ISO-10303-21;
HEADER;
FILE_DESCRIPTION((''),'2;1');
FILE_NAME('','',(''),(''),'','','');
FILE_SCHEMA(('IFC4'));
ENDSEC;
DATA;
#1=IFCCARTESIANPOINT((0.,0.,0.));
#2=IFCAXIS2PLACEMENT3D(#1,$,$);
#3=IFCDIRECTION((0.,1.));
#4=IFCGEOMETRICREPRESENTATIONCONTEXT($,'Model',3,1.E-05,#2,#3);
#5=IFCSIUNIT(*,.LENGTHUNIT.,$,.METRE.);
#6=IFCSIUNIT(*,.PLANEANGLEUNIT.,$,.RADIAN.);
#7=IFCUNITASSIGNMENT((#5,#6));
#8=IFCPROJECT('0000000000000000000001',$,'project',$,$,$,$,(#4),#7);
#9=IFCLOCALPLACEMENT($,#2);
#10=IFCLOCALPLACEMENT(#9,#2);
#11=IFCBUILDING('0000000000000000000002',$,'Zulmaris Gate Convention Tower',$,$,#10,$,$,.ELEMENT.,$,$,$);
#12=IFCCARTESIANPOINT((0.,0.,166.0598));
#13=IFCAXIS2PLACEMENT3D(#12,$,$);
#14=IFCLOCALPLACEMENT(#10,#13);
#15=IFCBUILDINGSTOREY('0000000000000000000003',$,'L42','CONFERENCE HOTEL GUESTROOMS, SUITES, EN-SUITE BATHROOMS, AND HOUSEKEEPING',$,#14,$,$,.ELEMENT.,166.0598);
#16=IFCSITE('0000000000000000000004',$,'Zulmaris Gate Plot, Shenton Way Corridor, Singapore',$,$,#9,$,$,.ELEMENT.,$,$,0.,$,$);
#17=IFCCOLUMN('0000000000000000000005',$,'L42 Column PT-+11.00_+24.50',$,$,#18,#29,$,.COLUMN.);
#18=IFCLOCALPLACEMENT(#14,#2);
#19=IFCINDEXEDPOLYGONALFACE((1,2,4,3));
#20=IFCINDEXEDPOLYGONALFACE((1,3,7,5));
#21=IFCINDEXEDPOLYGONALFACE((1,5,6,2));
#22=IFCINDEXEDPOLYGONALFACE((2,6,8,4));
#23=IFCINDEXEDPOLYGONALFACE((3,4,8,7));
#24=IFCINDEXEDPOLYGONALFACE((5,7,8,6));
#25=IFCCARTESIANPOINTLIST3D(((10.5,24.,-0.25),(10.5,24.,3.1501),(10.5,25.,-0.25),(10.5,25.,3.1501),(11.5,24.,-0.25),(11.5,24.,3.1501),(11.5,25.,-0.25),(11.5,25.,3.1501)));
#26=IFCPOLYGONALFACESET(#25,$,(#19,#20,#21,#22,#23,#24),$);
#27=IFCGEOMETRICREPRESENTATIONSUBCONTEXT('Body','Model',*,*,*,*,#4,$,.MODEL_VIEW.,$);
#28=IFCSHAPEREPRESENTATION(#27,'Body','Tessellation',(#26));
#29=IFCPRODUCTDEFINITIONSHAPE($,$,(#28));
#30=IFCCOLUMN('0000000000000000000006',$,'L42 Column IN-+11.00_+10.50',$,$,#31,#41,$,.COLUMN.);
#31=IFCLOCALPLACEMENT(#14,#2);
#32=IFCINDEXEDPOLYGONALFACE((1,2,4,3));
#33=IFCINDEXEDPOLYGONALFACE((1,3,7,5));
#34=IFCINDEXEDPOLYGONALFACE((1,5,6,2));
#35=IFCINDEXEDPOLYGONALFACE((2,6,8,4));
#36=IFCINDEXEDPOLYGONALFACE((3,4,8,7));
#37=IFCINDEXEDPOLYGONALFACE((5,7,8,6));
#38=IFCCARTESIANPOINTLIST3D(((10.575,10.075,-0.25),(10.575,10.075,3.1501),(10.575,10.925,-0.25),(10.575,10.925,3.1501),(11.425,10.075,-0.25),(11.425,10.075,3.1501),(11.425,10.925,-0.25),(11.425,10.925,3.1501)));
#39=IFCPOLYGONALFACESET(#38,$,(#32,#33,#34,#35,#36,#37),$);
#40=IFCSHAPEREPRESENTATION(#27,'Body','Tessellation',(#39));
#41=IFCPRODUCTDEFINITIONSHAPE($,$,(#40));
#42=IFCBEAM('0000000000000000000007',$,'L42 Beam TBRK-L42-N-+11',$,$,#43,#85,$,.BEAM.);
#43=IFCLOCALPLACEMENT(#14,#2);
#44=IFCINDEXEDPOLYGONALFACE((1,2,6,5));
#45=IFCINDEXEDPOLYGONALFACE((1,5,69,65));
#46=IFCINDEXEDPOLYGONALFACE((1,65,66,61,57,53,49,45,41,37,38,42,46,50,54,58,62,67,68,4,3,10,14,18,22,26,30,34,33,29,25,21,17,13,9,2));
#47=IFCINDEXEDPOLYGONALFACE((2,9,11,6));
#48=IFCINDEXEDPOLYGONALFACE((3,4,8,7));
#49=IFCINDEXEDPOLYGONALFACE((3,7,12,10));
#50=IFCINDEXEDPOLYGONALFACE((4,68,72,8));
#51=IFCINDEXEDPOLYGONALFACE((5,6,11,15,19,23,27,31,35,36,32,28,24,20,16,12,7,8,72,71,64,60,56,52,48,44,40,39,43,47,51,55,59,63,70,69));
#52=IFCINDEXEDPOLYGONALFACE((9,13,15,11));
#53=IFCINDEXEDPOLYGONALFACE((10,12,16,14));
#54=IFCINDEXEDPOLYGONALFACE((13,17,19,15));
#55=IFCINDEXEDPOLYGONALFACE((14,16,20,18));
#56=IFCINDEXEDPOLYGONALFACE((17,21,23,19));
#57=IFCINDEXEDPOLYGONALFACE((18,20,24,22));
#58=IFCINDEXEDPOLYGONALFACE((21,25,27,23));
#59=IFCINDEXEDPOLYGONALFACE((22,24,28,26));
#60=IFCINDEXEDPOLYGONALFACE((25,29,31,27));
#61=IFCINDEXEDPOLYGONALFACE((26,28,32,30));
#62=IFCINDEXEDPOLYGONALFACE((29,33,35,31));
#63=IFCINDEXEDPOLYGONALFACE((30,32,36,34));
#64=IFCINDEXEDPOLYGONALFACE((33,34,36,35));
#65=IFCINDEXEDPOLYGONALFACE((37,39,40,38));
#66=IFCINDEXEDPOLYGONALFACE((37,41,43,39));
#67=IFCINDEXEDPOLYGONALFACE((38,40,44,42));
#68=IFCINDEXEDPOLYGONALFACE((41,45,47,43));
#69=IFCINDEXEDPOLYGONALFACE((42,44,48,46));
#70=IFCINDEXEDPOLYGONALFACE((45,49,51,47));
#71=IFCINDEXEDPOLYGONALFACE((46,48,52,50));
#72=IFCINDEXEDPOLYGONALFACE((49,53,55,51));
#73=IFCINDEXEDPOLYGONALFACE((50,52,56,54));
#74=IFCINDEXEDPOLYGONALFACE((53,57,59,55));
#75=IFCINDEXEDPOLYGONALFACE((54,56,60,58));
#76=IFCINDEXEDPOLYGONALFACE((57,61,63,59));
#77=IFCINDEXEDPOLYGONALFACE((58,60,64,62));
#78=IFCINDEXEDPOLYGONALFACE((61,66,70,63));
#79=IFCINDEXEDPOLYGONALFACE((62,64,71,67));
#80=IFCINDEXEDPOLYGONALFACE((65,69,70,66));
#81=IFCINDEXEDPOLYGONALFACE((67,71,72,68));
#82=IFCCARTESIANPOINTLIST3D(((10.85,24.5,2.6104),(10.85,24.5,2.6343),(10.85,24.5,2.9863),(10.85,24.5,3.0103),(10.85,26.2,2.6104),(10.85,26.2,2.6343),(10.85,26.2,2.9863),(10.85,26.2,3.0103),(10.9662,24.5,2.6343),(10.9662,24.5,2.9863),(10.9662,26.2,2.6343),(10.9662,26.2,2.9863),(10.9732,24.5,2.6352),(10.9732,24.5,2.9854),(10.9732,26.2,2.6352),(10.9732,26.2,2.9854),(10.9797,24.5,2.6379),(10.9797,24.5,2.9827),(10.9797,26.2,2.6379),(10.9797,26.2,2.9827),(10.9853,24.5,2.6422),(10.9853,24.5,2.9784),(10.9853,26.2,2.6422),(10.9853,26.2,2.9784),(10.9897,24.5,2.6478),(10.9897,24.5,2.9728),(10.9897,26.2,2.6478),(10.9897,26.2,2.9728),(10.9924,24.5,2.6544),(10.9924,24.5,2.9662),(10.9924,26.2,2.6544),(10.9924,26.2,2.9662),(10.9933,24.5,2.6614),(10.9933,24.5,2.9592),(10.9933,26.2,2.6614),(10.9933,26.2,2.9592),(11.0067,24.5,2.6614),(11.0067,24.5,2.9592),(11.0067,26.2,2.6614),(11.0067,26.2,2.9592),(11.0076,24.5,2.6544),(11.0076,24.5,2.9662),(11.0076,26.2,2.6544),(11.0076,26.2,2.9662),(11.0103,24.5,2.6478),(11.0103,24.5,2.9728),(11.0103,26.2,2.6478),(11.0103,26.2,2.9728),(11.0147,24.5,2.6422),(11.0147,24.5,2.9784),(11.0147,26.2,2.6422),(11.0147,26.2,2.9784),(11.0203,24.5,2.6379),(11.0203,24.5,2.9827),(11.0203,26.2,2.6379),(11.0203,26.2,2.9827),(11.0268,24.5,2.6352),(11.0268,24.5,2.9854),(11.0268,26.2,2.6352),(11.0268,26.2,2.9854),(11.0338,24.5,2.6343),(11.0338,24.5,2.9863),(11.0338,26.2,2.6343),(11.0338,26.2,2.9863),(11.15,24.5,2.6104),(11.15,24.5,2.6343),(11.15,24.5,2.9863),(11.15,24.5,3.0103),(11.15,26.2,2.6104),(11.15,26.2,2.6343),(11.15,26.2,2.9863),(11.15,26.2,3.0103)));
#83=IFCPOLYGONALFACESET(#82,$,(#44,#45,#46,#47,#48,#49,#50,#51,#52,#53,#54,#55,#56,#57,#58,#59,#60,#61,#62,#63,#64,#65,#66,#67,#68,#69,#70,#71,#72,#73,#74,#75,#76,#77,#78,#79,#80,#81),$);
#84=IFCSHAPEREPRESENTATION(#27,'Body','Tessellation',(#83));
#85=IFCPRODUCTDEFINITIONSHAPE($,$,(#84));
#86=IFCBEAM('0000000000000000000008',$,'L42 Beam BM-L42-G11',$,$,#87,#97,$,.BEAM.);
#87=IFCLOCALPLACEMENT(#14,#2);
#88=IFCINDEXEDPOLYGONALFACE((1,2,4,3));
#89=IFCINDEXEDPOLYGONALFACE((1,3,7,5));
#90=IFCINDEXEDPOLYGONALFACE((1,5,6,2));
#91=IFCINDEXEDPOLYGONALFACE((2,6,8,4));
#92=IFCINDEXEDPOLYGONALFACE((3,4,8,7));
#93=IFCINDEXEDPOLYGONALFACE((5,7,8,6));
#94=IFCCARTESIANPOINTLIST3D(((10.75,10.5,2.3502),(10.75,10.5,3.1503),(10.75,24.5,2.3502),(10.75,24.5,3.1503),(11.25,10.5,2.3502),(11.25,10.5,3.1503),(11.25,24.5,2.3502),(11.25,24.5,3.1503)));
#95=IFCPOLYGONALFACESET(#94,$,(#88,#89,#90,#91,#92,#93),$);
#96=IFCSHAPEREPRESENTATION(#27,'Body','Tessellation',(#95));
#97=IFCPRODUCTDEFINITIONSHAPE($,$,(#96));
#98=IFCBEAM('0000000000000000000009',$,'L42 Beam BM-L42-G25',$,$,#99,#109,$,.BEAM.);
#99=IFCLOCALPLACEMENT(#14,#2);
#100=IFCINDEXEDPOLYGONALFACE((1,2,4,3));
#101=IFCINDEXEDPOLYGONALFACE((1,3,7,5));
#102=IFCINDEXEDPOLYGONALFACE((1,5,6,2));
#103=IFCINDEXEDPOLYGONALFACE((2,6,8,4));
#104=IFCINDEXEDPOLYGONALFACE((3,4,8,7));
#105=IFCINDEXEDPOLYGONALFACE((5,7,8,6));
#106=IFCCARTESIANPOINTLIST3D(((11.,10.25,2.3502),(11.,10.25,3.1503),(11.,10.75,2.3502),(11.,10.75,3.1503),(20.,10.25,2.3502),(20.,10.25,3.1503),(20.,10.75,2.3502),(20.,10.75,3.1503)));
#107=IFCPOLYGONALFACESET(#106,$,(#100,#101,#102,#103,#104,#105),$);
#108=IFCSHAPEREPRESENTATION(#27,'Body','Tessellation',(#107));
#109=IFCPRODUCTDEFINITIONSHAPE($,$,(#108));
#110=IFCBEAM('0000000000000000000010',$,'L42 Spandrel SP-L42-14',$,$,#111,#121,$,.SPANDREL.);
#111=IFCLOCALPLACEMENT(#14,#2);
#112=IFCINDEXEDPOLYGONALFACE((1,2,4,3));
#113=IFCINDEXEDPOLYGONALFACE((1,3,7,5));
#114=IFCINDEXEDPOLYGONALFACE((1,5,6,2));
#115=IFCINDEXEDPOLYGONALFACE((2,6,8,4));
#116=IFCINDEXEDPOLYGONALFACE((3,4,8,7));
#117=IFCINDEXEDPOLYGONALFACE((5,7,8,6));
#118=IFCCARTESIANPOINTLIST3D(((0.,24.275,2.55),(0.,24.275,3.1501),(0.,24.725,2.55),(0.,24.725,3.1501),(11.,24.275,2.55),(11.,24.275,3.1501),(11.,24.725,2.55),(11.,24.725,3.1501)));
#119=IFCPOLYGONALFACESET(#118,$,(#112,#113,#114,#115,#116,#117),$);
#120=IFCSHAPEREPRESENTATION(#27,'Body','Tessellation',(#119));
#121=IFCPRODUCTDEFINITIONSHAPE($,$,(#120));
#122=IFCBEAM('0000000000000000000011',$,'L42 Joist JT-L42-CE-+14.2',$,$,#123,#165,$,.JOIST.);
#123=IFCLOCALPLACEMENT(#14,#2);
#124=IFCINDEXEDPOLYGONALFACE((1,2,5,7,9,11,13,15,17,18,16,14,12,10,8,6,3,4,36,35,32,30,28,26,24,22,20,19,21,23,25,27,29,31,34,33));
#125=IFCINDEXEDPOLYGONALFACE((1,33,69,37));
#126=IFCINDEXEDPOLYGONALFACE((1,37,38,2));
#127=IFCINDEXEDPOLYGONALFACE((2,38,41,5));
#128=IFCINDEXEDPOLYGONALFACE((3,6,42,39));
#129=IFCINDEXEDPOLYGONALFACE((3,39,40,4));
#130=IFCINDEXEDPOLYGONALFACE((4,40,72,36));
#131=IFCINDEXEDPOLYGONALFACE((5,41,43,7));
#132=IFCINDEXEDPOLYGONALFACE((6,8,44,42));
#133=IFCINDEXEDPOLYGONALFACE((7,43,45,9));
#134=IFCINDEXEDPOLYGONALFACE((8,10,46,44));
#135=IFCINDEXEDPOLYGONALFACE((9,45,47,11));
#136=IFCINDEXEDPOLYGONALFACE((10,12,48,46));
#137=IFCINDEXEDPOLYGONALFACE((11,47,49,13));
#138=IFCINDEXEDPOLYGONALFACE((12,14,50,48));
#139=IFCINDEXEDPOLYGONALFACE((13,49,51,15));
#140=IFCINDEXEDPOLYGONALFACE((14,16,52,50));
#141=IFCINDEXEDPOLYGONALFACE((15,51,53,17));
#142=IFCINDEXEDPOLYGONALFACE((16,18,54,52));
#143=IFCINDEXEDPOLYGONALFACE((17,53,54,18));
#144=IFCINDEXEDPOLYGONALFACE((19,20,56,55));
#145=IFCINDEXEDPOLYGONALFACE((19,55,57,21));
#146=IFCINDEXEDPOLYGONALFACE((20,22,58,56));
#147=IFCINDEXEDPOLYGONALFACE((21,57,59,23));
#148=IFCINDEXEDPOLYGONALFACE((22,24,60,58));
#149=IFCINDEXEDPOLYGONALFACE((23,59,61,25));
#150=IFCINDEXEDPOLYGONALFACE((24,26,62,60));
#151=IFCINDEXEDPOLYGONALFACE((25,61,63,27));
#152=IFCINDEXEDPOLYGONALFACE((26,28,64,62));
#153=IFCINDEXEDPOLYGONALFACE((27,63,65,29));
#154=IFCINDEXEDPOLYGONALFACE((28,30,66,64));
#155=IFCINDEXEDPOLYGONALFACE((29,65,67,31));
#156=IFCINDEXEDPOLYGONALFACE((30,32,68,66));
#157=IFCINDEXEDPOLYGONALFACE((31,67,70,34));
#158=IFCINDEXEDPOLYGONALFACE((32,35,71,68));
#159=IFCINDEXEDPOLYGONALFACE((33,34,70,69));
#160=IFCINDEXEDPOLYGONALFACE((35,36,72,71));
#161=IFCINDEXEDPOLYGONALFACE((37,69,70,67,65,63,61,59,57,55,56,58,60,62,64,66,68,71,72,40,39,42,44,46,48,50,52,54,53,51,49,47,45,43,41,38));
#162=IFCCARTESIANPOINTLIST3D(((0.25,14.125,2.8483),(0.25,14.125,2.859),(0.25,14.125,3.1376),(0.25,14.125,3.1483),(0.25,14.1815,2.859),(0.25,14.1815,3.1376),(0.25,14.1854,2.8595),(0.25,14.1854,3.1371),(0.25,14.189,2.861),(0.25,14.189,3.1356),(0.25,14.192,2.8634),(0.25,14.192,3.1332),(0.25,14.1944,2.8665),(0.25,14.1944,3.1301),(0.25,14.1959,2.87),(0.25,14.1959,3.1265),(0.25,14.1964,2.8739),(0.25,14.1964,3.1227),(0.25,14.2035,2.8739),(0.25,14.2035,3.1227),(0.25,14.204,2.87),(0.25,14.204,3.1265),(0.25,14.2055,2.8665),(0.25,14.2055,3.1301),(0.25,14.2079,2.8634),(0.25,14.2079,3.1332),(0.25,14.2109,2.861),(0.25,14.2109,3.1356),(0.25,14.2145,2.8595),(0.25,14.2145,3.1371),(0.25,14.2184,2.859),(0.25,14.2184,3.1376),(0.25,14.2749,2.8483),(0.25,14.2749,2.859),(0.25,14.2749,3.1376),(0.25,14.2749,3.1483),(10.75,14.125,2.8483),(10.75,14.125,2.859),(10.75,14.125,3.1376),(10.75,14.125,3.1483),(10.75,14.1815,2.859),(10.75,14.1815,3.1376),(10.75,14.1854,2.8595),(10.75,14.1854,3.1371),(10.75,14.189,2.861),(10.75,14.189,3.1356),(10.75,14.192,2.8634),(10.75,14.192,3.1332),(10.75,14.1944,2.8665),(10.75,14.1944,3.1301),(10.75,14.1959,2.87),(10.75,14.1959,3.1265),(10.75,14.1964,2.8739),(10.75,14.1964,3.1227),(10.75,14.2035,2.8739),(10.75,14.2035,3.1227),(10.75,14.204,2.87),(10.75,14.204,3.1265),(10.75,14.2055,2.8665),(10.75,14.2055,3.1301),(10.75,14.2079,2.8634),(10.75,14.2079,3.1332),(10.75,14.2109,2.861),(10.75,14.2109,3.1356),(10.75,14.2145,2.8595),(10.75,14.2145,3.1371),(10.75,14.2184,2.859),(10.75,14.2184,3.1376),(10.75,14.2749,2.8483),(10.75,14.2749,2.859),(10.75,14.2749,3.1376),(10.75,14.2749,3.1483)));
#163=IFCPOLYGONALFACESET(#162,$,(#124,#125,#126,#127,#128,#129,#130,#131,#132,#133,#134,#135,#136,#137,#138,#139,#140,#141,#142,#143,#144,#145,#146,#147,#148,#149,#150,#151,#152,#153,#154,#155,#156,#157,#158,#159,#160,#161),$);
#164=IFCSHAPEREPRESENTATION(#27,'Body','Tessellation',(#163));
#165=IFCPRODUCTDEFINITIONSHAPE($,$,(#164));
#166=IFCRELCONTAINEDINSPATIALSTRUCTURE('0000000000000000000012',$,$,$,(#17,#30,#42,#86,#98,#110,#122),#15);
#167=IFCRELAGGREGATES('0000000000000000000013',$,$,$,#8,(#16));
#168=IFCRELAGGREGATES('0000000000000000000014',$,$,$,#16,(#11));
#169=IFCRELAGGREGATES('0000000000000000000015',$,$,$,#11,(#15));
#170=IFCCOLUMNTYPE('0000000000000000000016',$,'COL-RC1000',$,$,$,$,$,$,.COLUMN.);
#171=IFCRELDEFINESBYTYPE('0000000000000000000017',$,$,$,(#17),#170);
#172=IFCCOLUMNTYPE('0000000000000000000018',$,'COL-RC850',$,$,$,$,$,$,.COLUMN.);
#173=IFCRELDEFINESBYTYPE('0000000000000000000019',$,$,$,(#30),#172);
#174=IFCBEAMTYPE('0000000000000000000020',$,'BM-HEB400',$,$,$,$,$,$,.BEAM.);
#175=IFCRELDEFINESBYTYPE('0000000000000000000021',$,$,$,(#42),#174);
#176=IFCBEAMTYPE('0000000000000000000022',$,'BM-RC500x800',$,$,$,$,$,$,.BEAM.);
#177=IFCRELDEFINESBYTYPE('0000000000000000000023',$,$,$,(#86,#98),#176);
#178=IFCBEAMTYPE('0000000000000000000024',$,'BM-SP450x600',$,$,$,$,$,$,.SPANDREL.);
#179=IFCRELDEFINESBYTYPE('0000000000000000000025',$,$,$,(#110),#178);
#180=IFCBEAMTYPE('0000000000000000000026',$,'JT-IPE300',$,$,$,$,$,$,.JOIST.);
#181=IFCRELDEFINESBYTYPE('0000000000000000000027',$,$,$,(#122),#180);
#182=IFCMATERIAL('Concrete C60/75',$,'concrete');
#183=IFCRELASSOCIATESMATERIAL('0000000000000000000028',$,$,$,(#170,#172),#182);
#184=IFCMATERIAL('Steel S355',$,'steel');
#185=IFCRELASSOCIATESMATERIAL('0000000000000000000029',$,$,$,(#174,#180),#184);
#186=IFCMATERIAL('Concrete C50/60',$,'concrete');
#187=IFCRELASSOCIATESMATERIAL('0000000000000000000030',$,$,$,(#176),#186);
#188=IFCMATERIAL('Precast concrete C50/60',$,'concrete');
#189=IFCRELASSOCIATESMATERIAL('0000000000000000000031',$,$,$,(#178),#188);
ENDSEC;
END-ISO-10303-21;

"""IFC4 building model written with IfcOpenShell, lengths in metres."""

from ifc_helpers import new_model, si_unit, direction, frame, origin, origin_2d, place, context, subcontext, project, spatial, rectangle, i_section, extrude, material, material_profile, profile_set, type_object, element, save


model = new_model("IFC4")

# Units and contexts
model_context = context("Model", 3, precision=1e-05, world=origin(), true_north=direction((0.0, 1.0)))
body_context = subcontext(model_context, "Body", "Model", "MODEL_VIEW")
ifc_project = project(units=[si_unit("LENGTHUNIT", "METRE"), si_unit("PLANEANGLEUNIT", "RADIAN")], contexts=[model_context])

# Site, building, storey
site_placement = place(None, origin())
site = spatial("IfcSite", under=ifc_project, at=site_placement, Name="Zulmaris Gate Plot, Shenton Way Corridor, Singapore", CompositionType="ELEMENT", RefElevation=0.0)
building_placement = place(site_placement, origin())
building = spatial("IfcBuilding", under=site, at=building_placement, Name="Zulmaris Gate Convention Tower", CompositionType="ELEMENT")
storey_placement = place(building_placement, frame((0.0, 0.0, 166.0598)))
storey = spatial("IfcBuildingStorey", under=building, at=storey_placement, Name="L42", Description="CONFERENCE HOTEL GUESTROOMS, SUITES, EN-SUITE BATHROOMS, AND HOUSEKEEPING", CompositionType="ELEMENT", Elevation=166.0598)

# Columns
ifc_material_1 = material(Name="Concrete C60/75", Category="concrete")
ifc_material_profile_1 = material_profile(ifc_material_1, rectangle(XDim=1.0, YDim=1.0, at=origin_2d()), Name="RC COL 1000x1000")
ifc_profile_set_1 = profile_set([ifc_material_profile_1], Name="Concrete C60/75")
column_type_1 = type_object("IfcColumnType", Name="COL-RC1000", PredefinedType="COLUMN", material=ifc_profile_set_1)
column_1_placement = place(storey_placement, frame((11.0, 24.5, -0.25), z_axis=(0.0, 0.0, 1.0), x_axis=(1.0, 0.0, 0.0)))
element("IfcColumn", 1, at=column_1_placement, inside=storey, type_object=column_type_1, Name="L42 Column PT-+11.00_+24.50", PredefinedType="COLUMN", context=body_context, shape_type="SweptSolid", body=[
    extrude(rectangle(XDim=1.0, YDim=1.0, at=origin_2d()), origin(), (0.0, 0.0, 1.0), 3.4001),
])
ifc_material_profile_2 = material_profile(ifc_material_1, rectangle(XDim=0.8501, YDim=0.8501, at=origin_2d()), Name="RC COL 850x850")
ifc_profile_set_2 = profile_set([ifc_material_profile_2], Name="Concrete C60/75")
column_type_2 = type_object("IfcColumnType", Name="COL-RC850", PredefinedType="COLUMN", material=ifc_profile_set_2)
column_2_placement = place(storey_placement, frame((11.0, 10.5, -0.25), z_axis=(0.0, 0.0, 1.0), x_axis=(1.0, 0.0, 0.0)))
element("IfcColumn", 2, at=column_2_placement, inside=storey, type_object=column_type_2, Name="L42 Column IN-+11.00_+10.50", PredefinedType="COLUMN", context=body_context, shape_type="SweptSolid", body=[
    extrude(rectangle(XDim=0.8501, YDim=0.8501, at=origin_2d()), origin(), (0.0, 0.0, 1.0), 3.4001),
])

# Beams
ifc_material_2 = material(Name="Steel S355", Category="steel")
ifc_material_profile_3 = material_profile(ifc_material_2, i_section(OverallWidth=0.3, OverallDepth=0.3999, WebThickness=0.0134, FlangeThickness=0.0239, FilletRadius=0.0271, at=origin_2d()), Name="HEB 400")
ifc_profile_set_3 = profile_set([ifc_material_profile_3], Name="Steel S355")
beam_type_1 = type_object("IfcBeamType", Name="BM-HEB400", PredefinedType="BEAM", material=ifc_profile_set_3)
beam_1_placement = place(storey_placement, frame((11.0, 24.5, 2.8103), z_axis=(0.0, 1.0, 0.0), x_axis=(-1.0, 0.0, 0.0)))
element("IfcBeam", 3, at=beam_1_placement, inside=storey, type_object=beam_type_1, Name="L42 Beam TBRK-L42-N-+11", PredefinedType="BEAM", context=body_context, shape_type="SweptSolid", body=[
    extrude(i_section(OverallWidth=0.3, OverallDepth=0.3999, WebThickness=0.0134, FlangeThickness=0.0239, FilletRadius=0.0271, at=origin_2d()), origin(), (0.0, 0.0, 1.0), 1.7),
])
ifc_material_3 = material(Name="Concrete C50/60", Category="concrete")
ifc_material_profile_4 = material_profile(ifc_material_3, rectangle(XDim=0.5, YDim=0.8, at=origin_2d()), Name="RC BEAM 500x800")
ifc_profile_set_4 = profile_set([ifc_material_profile_4], Name="Concrete C50/60")
beam_type_2 = type_object("IfcBeamType", Name="BM-RC500x800", PredefinedType="BEAM", material=ifc_profile_set_4)
beam_2_placement = place(storey_placement, frame((11.0, 10.5, 2.7502), z_axis=(0.0, 1.0, 0.0), x_axis=(-1.0, 0.0, 0.0)))
element("IfcBeam", 4, at=beam_2_placement, inside=storey, type_object=beam_type_2, Name="L42 Beam BM-L42-G11", PredefinedType="BEAM", context=body_context, shape_type="SweptSolid", body=[
    extrude(rectangle(XDim=0.5, YDim=0.8, at=origin_2d()), origin(), (0.0, 0.0, 1.0), 14.0),
])
beam_3_placement = place(storey_placement, frame((11.0, 10.5, 2.7502), z_axis=(1.0, 0.0, 0.0), x_axis=(0.0, 1.0, 0.0)))
element("IfcBeam", 5, at=beam_3_placement, inside=storey, type_object=beam_type_2, Name="L42 Beam BM-L42-G25", PredefinedType="BEAM", context=body_context, shape_type="SweptSolid", body=[
    extrude(rectangle(XDim=0.5, YDim=0.8, at=origin_2d()), origin(), (0.0, 0.0, 1.0), 9.0),
])
ifc_material_4 = material(Name="Precast concrete C50/60", Category="concrete")
ifc_material_profile_5 = material_profile(ifc_material_4, rectangle(XDim=0.45, YDim=0.6001, at=origin_2d()), Name="RC SPANDREL 450x600")
ifc_profile_set_5 = profile_set([ifc_material_profile_5], Name="Precast concrete C50/60")
beam_type_3 = type_object("IfcBeamType", Name="BM-SP450x600", PredefinedType="SPANDREL", material=ifc_profile_set_5)
beam_4_placement = place(storey_placement, frame((11.0, 24.5, 2.8501), z_axis=(-1.0, 0.0, 0.0), x_axis=(0.0, -1.0, 0.0)))
element("IfcBeam", 6, at=beam_4_placement, inside=storey, type_object=beam_type_3, Name="L42 Spandrel SP-L42-14", PredefinedType="SPANDREL", context=body_context, shape_type="SweptSolid", body=[
    extrude(rectangle(XDim=0.45, YDim=0.6001, at=origin_2d()), origin(), (0.0, 0.0, 1.0), 11.0),
])
ifc_material_profile_6 = material_profile(ifc_material_2, i_section(OverallWidth=0.1499, OverallDepth=0.3, WebThickness=0.0071, FlangeThickness=0.0107, FilletRadius=0.0149, at=origin_2d()), Name="IPE 300")
ifc_profile_set_6 = profile_set([ifc_material_profile_6], Name="Steel S355")
beam_type_4 = type_object("IfcBeamType", Name="JT-IPE300", PredefinedType="JOIST", material=ifc_profile_set_6)
for number, where, z_axis, x_axis, name in (
    (7, (0.25, 14.2, 2.9983), (1.0, 0.0, 0.0), (0.0, 1.0, 0.0), "L42 Joist JT-L42-CE-+14.2"),
):
    element("IfcBeam", number, at=place(storey_placement, frame(where, z_axis=z_axis, x_axis=x_axis)), inside=storey, type_object=beam_type_4, Name=name, PredefinedType="JOIST", context=body_context, shape_type="SweptSolid", body=[
        extrude(i_section(OverallWidth=0.1499, OverallDepth=0.3, WebThickness=0.0071, FlangeThickness=0.0107, FilletRadius=0.0149, at=origin_2d()), origin(), (0.0, 0.0, 1.0), 10.5),
    ])

save(model, "model.ifc")
